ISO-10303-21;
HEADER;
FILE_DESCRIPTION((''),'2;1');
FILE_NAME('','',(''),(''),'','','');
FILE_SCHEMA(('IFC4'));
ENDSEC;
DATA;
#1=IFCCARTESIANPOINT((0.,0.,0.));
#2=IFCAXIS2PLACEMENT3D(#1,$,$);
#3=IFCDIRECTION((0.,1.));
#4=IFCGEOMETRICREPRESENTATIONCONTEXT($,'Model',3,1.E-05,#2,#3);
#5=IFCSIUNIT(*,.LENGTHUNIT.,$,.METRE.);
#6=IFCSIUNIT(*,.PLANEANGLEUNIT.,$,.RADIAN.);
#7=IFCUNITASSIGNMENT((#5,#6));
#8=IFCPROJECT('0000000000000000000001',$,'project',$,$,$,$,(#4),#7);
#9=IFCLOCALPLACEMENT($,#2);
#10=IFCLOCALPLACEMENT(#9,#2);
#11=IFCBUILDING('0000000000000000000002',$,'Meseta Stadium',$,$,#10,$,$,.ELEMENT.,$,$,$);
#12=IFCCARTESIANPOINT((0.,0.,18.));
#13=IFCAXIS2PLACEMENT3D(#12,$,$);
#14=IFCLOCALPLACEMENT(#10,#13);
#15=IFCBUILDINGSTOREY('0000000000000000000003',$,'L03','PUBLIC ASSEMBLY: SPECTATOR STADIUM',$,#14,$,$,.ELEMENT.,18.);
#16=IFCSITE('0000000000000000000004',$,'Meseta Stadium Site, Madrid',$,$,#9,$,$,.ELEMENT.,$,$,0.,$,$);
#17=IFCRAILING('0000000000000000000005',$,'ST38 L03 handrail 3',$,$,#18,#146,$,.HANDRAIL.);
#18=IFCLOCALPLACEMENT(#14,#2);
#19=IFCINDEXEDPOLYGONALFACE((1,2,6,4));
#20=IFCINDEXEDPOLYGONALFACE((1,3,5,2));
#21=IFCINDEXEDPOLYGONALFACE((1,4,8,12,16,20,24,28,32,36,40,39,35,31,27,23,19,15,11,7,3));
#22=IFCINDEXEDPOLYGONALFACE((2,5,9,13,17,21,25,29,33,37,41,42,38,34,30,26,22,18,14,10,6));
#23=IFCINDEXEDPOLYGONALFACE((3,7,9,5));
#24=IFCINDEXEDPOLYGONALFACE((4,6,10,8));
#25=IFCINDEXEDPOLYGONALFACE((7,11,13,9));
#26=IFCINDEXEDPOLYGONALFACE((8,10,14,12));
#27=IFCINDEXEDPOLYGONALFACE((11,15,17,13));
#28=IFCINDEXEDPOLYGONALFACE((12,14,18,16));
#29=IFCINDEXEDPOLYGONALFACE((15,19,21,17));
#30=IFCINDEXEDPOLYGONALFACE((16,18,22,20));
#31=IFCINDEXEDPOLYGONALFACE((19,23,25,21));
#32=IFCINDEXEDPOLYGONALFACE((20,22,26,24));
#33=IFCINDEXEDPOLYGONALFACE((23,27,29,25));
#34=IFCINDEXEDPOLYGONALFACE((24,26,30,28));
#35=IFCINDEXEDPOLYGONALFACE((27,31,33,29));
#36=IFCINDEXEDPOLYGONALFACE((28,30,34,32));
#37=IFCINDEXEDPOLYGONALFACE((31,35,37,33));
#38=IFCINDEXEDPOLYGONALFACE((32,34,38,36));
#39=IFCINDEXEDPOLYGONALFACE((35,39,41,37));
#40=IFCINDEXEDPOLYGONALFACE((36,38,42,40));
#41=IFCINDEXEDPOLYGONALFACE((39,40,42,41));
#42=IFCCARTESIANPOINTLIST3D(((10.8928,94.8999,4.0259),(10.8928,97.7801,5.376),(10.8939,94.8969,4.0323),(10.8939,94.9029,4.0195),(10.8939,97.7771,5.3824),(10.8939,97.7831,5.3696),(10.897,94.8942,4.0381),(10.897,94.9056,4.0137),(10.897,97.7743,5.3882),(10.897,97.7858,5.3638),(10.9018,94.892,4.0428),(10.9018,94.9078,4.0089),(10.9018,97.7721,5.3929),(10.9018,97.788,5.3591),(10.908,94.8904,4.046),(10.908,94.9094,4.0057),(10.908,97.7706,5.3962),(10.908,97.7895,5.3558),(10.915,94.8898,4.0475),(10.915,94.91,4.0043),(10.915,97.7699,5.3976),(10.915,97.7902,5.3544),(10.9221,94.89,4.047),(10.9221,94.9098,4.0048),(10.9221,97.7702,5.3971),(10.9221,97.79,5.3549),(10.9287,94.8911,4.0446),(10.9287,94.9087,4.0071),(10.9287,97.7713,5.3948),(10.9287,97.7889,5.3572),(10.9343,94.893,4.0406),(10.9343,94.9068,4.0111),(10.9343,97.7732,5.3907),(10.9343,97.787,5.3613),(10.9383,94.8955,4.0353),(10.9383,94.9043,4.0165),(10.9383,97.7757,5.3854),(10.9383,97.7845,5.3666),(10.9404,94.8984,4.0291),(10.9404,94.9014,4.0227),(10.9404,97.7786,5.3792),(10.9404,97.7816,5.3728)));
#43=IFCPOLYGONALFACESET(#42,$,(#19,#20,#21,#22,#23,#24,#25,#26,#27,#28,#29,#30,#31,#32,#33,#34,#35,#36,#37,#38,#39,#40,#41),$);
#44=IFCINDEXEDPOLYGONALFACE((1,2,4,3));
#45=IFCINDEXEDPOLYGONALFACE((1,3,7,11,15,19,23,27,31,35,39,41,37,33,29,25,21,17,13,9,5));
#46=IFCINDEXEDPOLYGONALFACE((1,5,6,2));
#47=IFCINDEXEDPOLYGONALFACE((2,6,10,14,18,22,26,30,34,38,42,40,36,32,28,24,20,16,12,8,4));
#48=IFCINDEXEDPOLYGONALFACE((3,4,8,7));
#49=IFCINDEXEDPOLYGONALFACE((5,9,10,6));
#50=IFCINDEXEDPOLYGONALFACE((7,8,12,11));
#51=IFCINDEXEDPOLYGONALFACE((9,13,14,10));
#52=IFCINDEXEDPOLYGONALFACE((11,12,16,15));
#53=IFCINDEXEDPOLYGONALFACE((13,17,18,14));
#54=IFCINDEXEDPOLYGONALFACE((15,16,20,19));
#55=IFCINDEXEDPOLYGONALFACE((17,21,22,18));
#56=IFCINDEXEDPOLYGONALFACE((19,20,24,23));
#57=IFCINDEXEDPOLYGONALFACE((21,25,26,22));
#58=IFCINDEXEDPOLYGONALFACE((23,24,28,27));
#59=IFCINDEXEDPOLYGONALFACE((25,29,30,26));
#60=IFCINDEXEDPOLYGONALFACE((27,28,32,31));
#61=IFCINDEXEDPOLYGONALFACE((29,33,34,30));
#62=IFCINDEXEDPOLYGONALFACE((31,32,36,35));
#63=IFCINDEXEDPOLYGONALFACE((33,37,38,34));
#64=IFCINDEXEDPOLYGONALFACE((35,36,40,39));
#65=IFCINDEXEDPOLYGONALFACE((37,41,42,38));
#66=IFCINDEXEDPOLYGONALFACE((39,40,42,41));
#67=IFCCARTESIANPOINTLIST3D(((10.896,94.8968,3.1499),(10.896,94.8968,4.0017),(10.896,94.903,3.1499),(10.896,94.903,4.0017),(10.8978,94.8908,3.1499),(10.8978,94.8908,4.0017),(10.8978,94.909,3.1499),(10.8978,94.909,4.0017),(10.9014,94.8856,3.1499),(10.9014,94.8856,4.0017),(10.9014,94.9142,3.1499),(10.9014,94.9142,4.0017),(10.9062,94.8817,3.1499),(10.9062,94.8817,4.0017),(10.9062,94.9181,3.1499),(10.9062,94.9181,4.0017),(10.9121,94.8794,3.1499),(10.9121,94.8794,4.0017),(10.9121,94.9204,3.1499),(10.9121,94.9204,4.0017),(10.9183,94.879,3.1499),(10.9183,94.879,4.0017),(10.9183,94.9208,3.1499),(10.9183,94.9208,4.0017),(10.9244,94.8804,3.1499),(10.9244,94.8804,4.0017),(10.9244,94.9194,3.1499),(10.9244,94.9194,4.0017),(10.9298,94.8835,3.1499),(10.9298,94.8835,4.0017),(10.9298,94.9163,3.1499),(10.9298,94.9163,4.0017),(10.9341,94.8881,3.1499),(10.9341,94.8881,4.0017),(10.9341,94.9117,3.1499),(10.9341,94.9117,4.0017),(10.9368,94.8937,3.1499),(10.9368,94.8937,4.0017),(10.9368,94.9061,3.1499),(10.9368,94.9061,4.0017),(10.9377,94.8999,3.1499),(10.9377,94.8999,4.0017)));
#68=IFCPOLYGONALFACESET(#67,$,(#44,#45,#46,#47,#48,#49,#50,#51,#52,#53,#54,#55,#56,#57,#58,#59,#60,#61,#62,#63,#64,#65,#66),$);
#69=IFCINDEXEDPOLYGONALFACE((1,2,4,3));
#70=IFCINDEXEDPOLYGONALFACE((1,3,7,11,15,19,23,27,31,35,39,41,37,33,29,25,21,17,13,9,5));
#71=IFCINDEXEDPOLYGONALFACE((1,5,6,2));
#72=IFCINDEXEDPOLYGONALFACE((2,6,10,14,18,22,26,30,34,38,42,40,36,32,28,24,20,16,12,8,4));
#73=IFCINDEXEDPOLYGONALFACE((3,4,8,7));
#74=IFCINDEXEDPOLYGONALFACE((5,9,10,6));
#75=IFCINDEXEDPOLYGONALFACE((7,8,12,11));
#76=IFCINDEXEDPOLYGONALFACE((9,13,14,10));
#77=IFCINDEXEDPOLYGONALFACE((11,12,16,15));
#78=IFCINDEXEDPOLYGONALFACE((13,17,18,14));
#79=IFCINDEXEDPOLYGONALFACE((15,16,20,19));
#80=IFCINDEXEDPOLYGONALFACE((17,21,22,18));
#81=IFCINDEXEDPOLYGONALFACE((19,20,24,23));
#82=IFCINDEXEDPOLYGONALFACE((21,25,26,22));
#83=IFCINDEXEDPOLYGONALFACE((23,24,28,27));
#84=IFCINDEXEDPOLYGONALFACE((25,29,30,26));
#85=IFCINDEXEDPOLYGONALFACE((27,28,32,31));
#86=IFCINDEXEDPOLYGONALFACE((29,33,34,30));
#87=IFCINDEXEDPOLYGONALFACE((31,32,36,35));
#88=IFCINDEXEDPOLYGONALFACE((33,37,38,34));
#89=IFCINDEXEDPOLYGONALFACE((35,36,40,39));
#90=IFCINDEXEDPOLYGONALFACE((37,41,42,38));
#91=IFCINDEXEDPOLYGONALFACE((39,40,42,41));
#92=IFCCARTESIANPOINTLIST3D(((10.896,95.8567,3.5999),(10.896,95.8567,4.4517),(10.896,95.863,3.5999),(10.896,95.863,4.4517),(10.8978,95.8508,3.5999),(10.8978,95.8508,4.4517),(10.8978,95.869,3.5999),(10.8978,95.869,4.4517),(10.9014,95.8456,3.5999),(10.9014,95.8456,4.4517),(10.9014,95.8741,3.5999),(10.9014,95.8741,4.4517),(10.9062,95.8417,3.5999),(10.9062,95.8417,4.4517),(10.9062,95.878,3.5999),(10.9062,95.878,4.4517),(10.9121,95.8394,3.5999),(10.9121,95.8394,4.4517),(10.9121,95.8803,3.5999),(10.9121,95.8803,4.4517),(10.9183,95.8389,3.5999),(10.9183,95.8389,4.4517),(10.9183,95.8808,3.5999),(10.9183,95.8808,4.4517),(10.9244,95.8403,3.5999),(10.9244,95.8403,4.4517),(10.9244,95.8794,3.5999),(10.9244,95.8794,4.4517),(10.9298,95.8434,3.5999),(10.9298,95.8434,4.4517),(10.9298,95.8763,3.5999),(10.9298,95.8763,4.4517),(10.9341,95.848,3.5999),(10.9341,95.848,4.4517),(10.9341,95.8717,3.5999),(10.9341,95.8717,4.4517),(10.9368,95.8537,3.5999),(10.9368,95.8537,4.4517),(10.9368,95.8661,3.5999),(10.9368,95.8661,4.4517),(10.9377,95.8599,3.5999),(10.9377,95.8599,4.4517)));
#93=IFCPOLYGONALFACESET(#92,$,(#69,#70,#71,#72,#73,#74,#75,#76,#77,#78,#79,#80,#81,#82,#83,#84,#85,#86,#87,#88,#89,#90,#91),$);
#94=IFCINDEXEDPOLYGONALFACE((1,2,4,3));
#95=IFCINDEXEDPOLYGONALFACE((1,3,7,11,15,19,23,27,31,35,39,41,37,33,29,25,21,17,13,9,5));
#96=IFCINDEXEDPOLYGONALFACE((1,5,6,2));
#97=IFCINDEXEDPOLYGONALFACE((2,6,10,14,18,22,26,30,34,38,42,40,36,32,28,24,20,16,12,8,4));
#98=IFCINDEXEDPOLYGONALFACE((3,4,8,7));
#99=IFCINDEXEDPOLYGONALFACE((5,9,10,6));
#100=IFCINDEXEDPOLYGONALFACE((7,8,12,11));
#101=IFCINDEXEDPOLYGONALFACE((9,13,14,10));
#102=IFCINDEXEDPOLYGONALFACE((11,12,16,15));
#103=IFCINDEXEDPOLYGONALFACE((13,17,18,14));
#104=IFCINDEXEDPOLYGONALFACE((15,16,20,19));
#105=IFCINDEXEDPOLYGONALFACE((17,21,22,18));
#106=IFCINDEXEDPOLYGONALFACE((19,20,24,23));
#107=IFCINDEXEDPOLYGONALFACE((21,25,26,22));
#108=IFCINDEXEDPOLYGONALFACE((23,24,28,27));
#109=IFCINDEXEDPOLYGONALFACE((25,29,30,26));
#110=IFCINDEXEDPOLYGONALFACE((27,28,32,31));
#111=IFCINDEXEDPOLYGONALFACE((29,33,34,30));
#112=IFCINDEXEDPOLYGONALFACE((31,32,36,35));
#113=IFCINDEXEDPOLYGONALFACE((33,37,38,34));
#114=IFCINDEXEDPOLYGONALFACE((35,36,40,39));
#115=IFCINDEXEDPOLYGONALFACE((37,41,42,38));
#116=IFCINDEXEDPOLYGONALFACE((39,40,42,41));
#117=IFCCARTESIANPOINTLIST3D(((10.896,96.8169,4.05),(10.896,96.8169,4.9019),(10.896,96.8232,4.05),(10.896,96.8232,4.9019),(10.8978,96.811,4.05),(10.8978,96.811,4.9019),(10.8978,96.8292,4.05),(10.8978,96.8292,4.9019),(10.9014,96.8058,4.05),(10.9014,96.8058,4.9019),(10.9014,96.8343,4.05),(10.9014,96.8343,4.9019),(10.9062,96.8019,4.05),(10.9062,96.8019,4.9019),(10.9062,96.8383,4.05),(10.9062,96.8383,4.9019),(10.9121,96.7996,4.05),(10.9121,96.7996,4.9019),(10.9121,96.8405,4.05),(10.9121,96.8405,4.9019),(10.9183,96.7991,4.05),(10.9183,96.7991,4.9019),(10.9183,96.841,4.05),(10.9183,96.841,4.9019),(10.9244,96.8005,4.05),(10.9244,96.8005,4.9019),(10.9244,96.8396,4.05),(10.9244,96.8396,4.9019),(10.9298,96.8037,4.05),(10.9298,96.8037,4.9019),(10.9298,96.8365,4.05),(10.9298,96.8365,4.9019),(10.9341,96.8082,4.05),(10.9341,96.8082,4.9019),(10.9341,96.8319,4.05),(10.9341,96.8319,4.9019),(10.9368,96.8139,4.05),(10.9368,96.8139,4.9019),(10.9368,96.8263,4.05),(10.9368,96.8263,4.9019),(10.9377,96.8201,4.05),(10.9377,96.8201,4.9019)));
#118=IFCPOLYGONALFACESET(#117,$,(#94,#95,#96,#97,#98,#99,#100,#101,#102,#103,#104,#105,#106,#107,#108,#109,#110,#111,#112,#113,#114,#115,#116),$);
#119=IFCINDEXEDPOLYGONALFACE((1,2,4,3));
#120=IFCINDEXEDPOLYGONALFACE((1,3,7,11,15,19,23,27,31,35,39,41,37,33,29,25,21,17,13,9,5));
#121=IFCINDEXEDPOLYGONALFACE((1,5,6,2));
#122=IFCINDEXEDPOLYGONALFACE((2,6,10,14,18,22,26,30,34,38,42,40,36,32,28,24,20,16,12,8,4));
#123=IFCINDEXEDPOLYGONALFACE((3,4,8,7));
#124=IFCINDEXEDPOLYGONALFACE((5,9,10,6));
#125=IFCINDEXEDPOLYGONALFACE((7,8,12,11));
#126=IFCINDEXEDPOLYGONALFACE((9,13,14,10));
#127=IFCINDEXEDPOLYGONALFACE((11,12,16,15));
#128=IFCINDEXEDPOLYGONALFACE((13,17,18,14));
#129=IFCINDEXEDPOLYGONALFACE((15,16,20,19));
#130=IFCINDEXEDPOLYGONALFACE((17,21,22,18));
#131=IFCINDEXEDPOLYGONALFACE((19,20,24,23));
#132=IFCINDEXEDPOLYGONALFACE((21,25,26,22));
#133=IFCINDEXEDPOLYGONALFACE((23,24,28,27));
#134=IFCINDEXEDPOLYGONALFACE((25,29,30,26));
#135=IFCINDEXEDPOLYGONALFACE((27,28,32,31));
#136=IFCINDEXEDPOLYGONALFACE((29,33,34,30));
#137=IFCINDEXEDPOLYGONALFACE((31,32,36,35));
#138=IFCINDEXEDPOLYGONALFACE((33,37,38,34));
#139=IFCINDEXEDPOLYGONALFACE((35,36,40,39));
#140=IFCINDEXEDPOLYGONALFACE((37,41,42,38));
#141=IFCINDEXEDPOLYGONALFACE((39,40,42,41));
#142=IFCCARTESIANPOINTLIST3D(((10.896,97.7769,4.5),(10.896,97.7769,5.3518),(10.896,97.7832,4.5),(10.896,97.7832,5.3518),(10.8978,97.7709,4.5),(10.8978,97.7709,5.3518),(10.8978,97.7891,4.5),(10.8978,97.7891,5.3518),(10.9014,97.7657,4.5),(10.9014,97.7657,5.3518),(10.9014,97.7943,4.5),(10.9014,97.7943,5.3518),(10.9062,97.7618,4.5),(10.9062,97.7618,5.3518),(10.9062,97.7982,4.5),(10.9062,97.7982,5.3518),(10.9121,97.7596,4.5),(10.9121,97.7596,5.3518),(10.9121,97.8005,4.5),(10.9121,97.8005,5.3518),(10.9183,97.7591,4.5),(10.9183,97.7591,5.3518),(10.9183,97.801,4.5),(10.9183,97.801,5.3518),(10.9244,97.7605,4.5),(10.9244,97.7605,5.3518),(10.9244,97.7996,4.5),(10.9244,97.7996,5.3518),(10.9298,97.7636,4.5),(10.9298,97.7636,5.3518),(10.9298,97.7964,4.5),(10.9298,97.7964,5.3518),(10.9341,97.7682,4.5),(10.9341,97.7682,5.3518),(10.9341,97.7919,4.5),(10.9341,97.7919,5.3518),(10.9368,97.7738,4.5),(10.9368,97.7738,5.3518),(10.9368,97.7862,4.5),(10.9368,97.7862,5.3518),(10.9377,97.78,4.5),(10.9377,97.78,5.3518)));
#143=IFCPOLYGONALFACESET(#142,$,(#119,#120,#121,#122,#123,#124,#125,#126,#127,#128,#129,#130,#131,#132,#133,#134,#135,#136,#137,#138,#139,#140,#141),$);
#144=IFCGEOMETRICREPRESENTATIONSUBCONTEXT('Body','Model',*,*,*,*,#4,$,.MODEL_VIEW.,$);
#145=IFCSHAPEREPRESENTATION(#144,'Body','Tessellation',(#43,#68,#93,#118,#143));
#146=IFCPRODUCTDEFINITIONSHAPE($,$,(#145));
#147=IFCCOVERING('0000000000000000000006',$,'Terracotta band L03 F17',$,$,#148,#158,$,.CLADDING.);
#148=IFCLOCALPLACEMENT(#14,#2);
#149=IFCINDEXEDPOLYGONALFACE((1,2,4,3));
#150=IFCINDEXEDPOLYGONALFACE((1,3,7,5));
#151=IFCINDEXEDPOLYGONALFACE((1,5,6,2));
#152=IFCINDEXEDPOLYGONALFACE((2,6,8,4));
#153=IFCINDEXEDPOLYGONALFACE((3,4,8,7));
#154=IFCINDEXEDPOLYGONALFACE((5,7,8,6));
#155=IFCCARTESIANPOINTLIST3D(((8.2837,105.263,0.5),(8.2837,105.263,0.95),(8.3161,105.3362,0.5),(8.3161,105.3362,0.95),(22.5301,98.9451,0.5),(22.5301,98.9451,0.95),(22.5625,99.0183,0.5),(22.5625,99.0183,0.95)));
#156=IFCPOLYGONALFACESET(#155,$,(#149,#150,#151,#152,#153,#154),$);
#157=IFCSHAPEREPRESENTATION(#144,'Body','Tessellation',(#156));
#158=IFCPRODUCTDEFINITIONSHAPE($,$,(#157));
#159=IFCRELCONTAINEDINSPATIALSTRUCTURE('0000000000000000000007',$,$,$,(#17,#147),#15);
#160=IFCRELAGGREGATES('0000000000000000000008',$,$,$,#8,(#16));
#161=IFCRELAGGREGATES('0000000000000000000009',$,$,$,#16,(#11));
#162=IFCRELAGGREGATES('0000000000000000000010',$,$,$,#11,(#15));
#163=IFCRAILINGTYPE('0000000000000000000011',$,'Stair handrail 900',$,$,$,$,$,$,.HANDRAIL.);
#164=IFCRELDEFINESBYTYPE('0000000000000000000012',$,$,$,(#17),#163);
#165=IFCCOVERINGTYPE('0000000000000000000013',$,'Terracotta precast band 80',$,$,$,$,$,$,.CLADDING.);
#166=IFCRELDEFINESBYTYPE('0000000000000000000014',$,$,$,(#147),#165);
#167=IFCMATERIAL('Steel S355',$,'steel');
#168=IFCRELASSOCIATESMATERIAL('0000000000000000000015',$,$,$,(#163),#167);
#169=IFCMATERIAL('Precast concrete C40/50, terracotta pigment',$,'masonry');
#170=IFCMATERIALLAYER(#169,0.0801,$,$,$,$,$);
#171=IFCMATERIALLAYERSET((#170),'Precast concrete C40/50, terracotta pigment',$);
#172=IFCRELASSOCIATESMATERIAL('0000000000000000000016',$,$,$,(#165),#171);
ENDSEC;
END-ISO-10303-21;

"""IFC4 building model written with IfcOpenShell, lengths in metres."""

from ifc_helpers import new_model, si_unit, direction, frame, origin, origin_2d, place, context, subcontext, project, spatial, rectangle, circle, extrude, material, layer, layer_set, type_object, element, save


model = new_model("IFC4")

# Units and contexts
model_context = context("Model", 3, precision=1e-05, world=origin(), true_north=direction((0.0, 1.0)))
body_context = subcontext(model_context, "Body", "Model", "MODEL_VIEW")
ifc_project = project(units=[si_unit("LENGTHUNIT", "METRE"), si_unit("PLANEANGLEUNIT", "RADIAN")], contexts=[model_context])

# Site, building, storey
site_placement = place(None, origin())
site = spatial("IfcSite", under=ifc_project, at=site_placement, Name="Meseta Stadium Site, Madrid", CompositionType="ELEMENT", RefElevation=0.0)
building_placement = place(site_placement, origin())
building = spatial("IfcBuilding", under=site, at=building_placement, Name="Meseta Stadium", CompositionType="ELEMENT")
storey_placement = place(building_placement, frame((0.0, 0.0, 18.0)))
storey = spatial("IfcBuildingStorey", under=building, at=storey_placement, Name="L03", Description="PUBLIC ASSEMBLY: SPECTATOR STADIUM", CompositionType="ELEMENT", Elevation=18.0)

# Railing
ifc_material_1 = material(Name="Steel S355", Category="steel")
railing_type_1 = type_object("IfcRailingType", Name="Stair handrail 900", PredefinedType="HANDRAIL", material=ifc_material_1)
for number, where, name in (
    (1, (10.9167, 94.8999, 3.1499), "ST38 L03 handrail 3"),
):
    element("IfcRailing", number, at=place(storey_placement, frame(where)), inside=storey, type_object=railing_type_1, Name=name, PredefinedType="HANDRAIL", context=body_context, shape_type="SweptSolid", body=[
        extrude(circle(Radius=0.0239, at=origin_2d()), frame((0.0, 0.0, 0.876), z_axis=(0.0, 0.905454, 0.424444), x_axis=(-1.0, 0.0, 0.0)), (0.0, 0.0, 1.0), 3.1809),
        extrude(circle(Radius=0.021, at=origin_2d()), origin(), (0.0, 0.0, 1.0), 0.8518),
        extrude(circle(Radius=0.021, at=origin_2d()), frame((0.0, 0.96, 0.45)), (0.0, 0.0, 1.0), 0.8518),
        extrude(circle(Radius=0.021, at=origin_2d()), frame((0.0, 1.9202, 0.9001)), (0.0, 0.0, 1.0), 0.8518),
        extrude(circle(Radius=0.021, at=origin_2d()), frame((0.0, 2.8801, 1.3501)), (0.0, 0.0, 1.0), 0.8518),
    ])

# Covering
ifc_material_2 = material(Name="Precast concrete C40/50, terracotta pigment", Category="masonry")
ifc_layer_1 = layer(ifc_material_2, 0.0801)
ifc_layer_set_1 = layer_set([ifc_layer_1], Name="Precast concrete C40/50, terracotta pigment")
covering_type_1 = type_object("IfcCoveringType", Name="Terracotta precast band 80", PredefinedType="CLADDING", material=ifc_layer_set_1)
covering_1_placement = place(storey_placement, frame((15.4231, 102.1406, 0.5), z_axis=(0.0, 0.0, 1.0), x_axis=(0.914139, -0.4054, 0.0)))
element("IfcCovering", 2, at=covering_1_placement, inside=storey, type_object=covering_type_1, Name="Terracotta band L03 F17", PredefinedType="CLADDING", context=body_context, shape_type="SweptSolid", body=[
    extrude(rectangle(XDim=15.5845, YDim=0.0801, at=origin_2d()), origin(), (0.0, 0.0, 1.0), 0.45),
])

save(model, "model.ifc")
